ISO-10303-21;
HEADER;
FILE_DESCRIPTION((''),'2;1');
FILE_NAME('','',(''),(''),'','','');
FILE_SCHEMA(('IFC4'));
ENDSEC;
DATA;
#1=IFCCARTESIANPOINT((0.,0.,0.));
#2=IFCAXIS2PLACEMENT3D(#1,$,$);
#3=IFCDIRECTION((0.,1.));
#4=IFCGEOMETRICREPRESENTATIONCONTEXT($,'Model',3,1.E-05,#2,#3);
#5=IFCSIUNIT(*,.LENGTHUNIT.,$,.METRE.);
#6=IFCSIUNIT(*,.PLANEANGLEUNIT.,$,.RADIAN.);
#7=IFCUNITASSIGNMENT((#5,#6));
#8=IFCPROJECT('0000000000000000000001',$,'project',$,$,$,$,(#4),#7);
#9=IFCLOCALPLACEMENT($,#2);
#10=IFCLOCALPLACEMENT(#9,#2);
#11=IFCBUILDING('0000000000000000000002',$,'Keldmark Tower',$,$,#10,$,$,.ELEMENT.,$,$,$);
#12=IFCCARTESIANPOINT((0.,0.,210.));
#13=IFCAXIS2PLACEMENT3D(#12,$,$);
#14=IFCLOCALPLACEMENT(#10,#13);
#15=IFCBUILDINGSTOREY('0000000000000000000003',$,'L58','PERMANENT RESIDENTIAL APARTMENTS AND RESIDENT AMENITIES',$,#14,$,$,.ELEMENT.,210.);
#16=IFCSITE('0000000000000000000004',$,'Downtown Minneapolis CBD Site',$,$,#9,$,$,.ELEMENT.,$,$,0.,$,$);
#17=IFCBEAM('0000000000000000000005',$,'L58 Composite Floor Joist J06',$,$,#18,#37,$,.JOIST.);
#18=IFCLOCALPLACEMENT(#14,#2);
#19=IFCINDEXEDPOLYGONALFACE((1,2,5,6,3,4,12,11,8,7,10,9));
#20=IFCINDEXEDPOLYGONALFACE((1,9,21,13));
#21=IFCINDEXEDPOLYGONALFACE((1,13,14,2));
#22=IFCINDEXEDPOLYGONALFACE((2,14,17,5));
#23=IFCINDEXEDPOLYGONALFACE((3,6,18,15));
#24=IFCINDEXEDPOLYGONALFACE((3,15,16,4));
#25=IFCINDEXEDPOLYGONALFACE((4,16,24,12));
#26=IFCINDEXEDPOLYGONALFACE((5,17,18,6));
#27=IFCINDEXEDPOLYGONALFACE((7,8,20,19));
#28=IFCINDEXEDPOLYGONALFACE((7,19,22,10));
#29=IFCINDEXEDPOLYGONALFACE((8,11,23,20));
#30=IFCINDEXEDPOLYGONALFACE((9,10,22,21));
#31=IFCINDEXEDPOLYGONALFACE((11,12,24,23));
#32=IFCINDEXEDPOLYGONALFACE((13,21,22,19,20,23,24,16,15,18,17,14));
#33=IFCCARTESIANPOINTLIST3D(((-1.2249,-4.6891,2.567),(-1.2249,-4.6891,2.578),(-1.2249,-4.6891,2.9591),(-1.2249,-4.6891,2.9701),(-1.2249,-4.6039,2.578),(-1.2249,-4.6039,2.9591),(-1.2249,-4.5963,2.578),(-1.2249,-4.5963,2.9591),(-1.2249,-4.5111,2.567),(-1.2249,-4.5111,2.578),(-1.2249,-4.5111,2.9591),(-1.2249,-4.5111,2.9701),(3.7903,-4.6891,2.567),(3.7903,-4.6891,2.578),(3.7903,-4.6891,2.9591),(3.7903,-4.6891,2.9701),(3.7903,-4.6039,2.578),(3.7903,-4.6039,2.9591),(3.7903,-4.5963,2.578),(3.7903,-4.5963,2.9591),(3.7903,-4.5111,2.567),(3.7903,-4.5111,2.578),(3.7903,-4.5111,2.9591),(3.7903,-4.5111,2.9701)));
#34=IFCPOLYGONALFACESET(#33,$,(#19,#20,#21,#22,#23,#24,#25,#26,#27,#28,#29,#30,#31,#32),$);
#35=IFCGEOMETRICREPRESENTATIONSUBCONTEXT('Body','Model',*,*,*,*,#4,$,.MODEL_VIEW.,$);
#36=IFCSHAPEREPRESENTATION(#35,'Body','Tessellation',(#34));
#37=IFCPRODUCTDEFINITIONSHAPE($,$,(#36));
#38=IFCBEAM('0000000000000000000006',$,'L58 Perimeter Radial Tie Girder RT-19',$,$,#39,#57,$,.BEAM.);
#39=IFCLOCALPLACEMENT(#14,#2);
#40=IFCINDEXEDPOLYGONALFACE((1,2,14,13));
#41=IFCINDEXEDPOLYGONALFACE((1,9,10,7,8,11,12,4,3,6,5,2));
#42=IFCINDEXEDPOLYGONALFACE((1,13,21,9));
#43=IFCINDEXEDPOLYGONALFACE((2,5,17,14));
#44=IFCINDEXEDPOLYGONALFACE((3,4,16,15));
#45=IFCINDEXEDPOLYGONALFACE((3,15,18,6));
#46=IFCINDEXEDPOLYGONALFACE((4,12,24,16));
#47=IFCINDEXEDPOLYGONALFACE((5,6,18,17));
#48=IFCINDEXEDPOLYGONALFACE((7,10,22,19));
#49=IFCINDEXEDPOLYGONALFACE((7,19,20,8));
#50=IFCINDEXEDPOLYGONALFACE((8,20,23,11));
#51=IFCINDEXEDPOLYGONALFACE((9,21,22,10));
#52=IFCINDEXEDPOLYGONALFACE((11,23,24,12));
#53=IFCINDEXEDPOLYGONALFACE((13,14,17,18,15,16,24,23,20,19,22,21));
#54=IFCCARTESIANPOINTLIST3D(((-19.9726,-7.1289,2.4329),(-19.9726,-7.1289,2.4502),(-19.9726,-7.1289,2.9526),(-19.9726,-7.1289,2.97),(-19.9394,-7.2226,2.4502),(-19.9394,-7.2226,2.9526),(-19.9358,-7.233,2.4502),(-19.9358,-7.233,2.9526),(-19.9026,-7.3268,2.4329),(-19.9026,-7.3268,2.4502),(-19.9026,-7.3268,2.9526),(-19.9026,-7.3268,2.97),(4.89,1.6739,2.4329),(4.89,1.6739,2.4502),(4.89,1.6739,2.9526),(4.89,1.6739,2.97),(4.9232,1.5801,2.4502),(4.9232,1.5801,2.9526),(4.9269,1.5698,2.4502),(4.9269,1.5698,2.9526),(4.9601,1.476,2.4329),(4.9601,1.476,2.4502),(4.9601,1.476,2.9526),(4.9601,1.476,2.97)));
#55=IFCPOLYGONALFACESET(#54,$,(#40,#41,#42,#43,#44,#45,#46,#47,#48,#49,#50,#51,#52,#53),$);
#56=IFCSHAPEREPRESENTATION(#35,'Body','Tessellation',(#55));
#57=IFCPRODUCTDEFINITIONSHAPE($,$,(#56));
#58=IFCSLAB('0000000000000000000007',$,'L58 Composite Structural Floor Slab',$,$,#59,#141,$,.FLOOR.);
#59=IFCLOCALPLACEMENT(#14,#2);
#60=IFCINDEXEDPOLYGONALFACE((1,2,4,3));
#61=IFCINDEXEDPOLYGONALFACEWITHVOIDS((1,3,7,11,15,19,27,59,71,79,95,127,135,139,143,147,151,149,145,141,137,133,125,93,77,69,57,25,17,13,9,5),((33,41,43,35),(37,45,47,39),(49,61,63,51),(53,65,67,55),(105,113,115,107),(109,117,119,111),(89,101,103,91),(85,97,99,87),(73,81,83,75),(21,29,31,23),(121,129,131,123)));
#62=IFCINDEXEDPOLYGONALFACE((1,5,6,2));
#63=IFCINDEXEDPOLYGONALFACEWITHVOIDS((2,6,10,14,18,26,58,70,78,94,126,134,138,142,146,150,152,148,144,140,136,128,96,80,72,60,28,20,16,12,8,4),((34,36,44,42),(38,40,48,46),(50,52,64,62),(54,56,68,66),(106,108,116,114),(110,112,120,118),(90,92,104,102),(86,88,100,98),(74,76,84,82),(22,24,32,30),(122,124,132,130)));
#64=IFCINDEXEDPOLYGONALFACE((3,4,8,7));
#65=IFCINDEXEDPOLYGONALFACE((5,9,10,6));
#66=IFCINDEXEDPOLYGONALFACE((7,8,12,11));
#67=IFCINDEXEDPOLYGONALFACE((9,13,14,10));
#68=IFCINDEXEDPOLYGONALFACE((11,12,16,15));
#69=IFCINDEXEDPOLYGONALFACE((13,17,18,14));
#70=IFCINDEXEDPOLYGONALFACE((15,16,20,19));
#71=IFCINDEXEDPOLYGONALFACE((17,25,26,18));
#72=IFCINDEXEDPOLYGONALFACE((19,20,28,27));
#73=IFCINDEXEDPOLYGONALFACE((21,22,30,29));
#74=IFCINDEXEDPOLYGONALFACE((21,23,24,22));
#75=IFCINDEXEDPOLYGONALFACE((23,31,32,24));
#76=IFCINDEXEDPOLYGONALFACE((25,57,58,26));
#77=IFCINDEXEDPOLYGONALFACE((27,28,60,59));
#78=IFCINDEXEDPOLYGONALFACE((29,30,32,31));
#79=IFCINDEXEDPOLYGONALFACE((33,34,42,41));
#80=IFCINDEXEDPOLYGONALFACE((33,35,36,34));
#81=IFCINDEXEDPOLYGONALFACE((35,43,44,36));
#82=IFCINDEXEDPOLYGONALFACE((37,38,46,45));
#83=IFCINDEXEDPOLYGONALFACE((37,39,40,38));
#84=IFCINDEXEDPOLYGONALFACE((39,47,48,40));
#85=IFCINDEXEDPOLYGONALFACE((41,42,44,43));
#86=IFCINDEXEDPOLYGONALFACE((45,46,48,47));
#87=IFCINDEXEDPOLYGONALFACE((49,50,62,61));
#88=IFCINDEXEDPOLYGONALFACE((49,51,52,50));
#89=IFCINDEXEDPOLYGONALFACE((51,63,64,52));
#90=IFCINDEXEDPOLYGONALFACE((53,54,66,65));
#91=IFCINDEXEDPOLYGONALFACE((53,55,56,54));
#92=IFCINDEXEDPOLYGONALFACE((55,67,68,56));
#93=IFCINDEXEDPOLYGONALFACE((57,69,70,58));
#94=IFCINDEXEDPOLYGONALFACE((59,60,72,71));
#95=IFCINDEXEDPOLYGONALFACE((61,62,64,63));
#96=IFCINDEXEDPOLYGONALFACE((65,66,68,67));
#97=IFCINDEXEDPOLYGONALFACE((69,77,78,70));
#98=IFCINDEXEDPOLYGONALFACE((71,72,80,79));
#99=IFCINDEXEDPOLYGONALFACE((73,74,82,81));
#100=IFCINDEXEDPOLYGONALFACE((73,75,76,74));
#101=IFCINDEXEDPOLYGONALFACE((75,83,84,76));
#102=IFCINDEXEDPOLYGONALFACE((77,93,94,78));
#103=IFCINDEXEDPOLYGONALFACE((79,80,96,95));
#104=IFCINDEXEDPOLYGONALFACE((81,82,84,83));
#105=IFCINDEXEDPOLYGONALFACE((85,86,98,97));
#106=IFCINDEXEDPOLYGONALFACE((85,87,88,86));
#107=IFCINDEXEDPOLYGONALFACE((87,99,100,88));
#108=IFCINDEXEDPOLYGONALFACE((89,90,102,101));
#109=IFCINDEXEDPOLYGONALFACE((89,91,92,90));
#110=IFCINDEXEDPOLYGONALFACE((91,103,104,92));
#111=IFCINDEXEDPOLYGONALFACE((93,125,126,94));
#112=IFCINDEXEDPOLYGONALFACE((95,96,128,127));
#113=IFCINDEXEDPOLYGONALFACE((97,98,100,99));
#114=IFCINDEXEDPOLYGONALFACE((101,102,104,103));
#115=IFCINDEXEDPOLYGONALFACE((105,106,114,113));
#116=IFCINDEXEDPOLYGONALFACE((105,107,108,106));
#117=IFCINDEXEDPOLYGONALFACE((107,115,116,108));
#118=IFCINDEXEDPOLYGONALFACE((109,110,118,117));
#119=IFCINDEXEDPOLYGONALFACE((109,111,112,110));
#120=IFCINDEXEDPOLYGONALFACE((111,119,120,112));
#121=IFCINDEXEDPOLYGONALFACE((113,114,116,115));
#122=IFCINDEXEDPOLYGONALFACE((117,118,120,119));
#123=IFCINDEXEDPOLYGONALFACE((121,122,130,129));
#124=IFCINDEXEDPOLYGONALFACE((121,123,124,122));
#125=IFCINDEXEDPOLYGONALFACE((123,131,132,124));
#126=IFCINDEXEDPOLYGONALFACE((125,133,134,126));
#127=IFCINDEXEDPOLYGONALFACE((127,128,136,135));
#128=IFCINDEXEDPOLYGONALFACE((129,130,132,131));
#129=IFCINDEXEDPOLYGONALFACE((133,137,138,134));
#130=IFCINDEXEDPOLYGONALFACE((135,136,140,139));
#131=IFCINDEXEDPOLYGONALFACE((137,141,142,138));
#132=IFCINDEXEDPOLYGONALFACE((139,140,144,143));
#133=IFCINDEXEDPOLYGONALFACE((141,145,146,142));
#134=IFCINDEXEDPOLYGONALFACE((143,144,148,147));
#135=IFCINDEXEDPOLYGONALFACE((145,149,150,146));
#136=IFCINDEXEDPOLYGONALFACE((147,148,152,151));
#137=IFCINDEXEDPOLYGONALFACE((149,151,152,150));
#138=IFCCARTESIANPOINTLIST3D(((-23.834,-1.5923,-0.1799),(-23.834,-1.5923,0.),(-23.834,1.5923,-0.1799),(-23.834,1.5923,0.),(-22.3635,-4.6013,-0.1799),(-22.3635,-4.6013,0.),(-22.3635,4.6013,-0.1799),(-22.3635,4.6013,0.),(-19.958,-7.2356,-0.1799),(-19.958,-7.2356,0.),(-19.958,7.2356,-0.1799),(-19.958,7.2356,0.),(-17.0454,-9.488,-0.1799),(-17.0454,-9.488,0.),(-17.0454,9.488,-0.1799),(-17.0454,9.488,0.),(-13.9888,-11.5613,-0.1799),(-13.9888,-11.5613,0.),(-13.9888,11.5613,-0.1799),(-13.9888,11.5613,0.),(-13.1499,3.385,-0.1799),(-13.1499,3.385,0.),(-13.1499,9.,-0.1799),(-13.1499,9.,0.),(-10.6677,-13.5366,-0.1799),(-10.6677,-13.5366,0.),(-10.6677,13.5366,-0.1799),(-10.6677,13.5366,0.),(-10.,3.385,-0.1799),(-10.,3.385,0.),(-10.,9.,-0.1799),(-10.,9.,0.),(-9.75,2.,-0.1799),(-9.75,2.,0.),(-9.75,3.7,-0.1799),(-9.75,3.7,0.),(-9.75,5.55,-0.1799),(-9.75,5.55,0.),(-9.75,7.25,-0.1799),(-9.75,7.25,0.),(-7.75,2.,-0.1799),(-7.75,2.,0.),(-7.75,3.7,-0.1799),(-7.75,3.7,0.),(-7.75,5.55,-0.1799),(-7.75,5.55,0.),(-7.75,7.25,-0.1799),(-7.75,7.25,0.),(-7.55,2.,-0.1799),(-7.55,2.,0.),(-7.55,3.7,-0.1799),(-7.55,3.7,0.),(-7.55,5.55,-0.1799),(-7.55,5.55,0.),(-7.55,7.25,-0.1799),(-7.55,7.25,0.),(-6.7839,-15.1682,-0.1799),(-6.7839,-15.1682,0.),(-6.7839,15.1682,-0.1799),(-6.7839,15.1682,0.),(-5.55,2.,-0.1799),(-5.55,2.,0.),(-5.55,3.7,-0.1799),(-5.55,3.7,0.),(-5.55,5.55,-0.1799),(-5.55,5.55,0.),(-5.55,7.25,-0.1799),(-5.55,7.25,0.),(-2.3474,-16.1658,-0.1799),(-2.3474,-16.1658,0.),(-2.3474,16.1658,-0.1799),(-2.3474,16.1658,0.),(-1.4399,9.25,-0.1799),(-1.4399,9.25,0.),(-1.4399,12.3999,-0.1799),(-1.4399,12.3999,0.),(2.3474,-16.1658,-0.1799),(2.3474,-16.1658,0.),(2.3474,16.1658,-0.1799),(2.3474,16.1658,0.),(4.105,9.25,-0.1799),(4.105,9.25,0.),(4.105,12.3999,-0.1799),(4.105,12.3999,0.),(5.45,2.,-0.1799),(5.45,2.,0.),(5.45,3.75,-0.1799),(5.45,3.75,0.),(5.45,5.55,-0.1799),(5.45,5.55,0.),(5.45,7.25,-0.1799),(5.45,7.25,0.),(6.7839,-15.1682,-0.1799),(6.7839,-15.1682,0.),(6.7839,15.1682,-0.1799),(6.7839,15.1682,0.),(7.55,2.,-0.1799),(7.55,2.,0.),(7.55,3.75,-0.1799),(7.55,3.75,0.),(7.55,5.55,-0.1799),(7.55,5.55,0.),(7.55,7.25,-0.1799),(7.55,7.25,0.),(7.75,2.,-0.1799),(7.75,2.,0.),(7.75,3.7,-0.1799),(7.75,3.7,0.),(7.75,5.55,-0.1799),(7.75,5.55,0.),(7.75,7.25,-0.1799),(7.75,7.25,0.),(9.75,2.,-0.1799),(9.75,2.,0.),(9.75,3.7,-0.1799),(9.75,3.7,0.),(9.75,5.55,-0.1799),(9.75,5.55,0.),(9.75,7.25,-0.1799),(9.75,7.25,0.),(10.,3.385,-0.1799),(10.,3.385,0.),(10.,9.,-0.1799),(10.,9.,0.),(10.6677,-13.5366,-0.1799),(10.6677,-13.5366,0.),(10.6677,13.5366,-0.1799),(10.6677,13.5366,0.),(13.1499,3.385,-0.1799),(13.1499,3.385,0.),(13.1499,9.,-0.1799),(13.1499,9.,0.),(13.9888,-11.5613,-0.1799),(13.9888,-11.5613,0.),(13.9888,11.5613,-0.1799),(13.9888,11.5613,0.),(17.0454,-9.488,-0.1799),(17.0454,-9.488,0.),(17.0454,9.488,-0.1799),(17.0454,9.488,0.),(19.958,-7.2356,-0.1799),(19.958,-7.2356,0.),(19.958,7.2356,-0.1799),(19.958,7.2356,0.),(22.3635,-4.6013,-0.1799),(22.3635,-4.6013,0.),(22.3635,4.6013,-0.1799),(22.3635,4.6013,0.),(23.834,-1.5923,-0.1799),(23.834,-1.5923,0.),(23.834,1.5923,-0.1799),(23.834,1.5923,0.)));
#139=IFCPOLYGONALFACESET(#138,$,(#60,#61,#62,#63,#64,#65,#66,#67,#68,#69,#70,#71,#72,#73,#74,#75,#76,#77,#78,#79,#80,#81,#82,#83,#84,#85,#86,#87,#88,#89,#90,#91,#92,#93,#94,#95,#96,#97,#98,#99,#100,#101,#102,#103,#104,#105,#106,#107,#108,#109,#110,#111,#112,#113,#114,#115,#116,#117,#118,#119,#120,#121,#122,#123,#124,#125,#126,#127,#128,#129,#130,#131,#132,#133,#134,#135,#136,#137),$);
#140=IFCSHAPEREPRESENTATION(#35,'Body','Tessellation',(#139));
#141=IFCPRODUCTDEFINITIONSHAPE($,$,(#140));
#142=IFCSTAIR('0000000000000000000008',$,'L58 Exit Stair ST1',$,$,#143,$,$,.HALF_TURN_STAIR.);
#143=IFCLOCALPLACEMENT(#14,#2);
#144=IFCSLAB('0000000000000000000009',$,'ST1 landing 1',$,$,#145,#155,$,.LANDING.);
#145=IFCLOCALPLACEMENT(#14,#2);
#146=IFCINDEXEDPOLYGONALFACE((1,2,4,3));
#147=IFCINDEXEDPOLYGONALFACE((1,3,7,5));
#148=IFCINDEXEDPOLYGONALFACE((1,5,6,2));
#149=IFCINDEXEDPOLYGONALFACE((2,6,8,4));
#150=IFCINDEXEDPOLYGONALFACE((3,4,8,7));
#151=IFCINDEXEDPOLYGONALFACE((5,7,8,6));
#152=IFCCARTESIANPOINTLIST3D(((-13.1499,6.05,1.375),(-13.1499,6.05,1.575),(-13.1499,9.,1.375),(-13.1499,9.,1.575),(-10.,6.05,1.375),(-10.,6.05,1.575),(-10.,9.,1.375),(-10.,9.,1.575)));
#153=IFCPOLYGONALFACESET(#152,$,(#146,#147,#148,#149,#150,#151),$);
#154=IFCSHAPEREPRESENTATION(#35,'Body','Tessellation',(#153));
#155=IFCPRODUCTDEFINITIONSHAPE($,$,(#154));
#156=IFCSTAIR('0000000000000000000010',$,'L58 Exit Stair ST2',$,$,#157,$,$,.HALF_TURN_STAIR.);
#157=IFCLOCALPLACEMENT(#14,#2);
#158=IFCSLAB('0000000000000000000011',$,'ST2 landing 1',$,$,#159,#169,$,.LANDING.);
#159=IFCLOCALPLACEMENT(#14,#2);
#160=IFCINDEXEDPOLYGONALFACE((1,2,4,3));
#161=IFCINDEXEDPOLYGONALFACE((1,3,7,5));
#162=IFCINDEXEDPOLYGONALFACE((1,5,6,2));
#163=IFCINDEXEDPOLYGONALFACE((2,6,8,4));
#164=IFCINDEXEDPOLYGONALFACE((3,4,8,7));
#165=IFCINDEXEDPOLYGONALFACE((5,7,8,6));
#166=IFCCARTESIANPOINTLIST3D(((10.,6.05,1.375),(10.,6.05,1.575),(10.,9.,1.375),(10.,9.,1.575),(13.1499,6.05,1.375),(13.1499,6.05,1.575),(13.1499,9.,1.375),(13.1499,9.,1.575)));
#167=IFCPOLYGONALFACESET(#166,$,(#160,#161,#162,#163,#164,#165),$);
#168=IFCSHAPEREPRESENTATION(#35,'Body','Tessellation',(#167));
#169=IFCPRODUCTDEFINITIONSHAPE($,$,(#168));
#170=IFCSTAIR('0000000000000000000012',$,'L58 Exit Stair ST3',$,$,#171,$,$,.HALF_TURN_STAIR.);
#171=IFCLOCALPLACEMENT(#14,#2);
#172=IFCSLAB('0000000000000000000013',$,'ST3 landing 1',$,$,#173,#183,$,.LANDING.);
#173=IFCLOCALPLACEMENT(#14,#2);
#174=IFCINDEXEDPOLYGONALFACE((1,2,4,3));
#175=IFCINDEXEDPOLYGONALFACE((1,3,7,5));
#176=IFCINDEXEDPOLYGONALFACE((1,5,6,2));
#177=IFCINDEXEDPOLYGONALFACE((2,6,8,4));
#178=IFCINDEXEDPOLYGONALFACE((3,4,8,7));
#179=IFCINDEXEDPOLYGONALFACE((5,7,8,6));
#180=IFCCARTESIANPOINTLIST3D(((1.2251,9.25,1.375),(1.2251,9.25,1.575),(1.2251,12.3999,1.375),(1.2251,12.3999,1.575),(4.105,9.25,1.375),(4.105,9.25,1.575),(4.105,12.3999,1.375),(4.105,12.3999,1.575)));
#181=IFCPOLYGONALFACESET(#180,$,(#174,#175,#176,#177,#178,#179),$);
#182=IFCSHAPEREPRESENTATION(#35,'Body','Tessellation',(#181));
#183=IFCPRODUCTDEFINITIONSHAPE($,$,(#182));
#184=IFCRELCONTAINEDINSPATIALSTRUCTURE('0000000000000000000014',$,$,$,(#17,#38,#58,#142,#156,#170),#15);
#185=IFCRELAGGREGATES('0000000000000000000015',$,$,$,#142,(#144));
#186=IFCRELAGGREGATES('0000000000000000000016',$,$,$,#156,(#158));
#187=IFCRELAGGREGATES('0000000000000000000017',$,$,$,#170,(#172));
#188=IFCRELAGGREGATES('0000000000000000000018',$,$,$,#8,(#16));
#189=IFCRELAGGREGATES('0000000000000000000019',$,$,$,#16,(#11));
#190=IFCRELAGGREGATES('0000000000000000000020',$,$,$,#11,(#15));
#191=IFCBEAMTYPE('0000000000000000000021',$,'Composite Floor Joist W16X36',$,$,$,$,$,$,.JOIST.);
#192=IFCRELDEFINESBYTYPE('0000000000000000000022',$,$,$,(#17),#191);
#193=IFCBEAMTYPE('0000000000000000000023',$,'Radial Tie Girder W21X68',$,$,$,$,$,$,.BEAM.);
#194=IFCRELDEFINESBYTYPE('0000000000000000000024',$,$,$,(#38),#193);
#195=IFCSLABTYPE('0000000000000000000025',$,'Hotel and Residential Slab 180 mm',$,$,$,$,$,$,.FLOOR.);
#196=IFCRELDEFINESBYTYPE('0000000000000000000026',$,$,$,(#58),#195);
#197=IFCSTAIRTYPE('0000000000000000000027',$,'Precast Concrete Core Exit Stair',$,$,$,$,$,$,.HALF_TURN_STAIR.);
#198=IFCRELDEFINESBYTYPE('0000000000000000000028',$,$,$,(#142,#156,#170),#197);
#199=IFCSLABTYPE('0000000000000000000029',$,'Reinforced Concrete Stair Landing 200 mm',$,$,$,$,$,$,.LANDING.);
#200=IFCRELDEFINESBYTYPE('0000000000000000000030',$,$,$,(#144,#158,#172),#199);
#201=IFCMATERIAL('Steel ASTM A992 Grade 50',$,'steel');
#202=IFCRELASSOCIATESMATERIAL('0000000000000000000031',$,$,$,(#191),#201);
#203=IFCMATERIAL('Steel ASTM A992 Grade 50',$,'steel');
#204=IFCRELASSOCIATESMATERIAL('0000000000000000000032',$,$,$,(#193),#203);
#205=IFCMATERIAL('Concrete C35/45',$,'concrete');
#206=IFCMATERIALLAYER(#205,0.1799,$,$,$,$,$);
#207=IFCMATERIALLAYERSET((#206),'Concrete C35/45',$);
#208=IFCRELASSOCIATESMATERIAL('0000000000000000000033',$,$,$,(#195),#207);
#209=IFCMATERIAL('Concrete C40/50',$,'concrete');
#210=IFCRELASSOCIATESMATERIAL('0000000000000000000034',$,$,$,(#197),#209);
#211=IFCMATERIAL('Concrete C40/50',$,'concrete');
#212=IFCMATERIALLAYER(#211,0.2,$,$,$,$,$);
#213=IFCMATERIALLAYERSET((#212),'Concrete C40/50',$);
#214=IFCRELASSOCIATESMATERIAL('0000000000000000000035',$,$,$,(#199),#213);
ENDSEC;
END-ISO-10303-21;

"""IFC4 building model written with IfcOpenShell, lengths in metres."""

from ifc_helpers import new_model, si_unit, direction, frame, origin, origin_2d, place, context, subcontext, project, spatial, polyline, i_section, outline, extrude, material, layer, layer_set, material_profile, profile_set, type_object, element, aggregate, save


model = new_model("IFC4")

# Units and contexts
model_context = context("Model", 3, precision=1e-05, world=origin(), true_north=direction((0.0, 1.0)))
body_context = subcontext(model_context, "Body", "Model", "MODEL_VIEW")
ifc_project = project(units=[si_unit("LENGTHUNIT", "METRE"), si_unit("PLANEANGLEUNIT", "RADIAN")], contexts=[model_context])

# Site, building, storey
site_placement = place(None, origin())
site = spatial("IfcSite", under=ifc_project, at=site_placement, Name="Downtown Minneapolis CBD Site", CompositionType="ELEMENT", RefElevation=0.0)
building_placement = place(site_placement, origin())
building = spatial("IfcBuilding", under=site, at=building_placement, Name="Keldmark Tower", CompositionType="ELEMENT")
storey_placement = place(building_placement, frame((0.0, 0.0, 210.0)))
storey = spatial("IfcBuildingStorey", under=building, at=storey_placement, Name="L58", Description="PERMANENT RESIDENTIAL APARTMENTS AND RESIDENT AMENITIES", CompositionType="ELEMENT", Elevation=210.0)

# Beams
ifc_material_1 = material(Name="Steel ASTM A992 Grade 50", Category="steel")
ifc_material_profile_1 = material_profile(ifc_material_1, i_section(OverallWidth=0.178, OverallDepth=0.4031, WebThickness=0.0076, FlangeThickness=0.011, at=origin_2d()), Name="W16X36")
ifc_profile_set_1 = profile_set([ifc_material_profile_1], Name="Steel ASTM A992 Grade 50")
beam_type_1 = type_object("IfcBeamType", Name="Composite Floor Joist W16X36", PredefinedType="JOIST", material=ifc_profile_set_1)
beam_1_placement = place(storey_placement, frame((-1.2249, -4.6001, 2.7686), z_axis=(1.0, 0.0, 0.0), x_axis=(0.0, 1.0, 0.0)))
element("IfcBeam", 1, at=beam_1_placement, inside=storey, type_object=beam_type_1, Name="L58 Composite Floor Joist J06", PredefinedType="JOIST", context=body_context, shape_type="SweptSolid", body=[
    extrude(i_section(OverallWidth=0.178, OverallDepth=0.4031, WebThickness=0.0076, FlangeThickness=0.011, at=origin_2d()), origin(), (0.0, 0.0, 1.0), 5.0151),
])
ifc_material_2 = material(Name="Steel ASTM A992 Grade 50", Category="steel")
ifc_material_profile_2 = material_profile(ifc_material_2, i_section(OverallWidth=0.21, OverallDepth=0.5371, WebThickness=0.011, FlangeThickness=0.0173, at=origin_2d()), Name="W21X68")
ifc_profile_set_2 = profile_set([ifc_material_profile_2], Name="Steel ASTM A992 Grade 50")
beam_type_2 = type_object("IfcBeamType", Name="Radial Tie Girder W21X68", PredefinedType="BEAM", material=ifc_profile_set_2)
beam_2_placement = place(storey_placement, frame((4.925, 1.575, 2.7014), z_axis=(-0.94266, -0.333754, 0.0), x_axis=(0.333754, -0.94266, 0.0)))
element("IfcBeam", 2, at=beam_2_placement, inside=storey, type_object=beam_type_2, Name="L58 Perimeter Radial Tie Girder RT-19", PredefinedType="BEAM", context=body_context, shape_type="SweptSolid", body=[
    extrude(i_section(OverallWidth=0.21, OverallDepth=0.5371, WebThickness=0.011, FlangeThickness=0.0173, at=origin_2d()), origin(), (0.0, 0.0, 1.0), 26.375),
])

# Slab
ifc_material_3 = material(Name="Concrete C35/45", Category="concrete")
ifc_layer_1 = layer(ifc_material_3, 0.1799)
ifc_layer_set_1 = layer_set([ifc_layer_1], Name="Concrete C35/45")
slab_type_1 = type_object("IfcSlabType", Name="Hotel and Residential Slab 180 mm", PredefinedType="FLOOR", material=ifc_layer_set_1)
slab_1_placement = place(storey_placement, frame((0.0, 0.0, -0.1799)))
element("IfcSlab", 3, at=slab_1_placement, inside=storey, type_object=slab_type_1, Name="L58 Composite Structural Floor Slab", PredefinedType="FLOOR", context=body_context, shape_type="SweptSolid", body=[
    extrude(outline(polyline([(23.834, 1.5923), (22.3635, 4.6013), (19.958, 7.2356), (17.0454, 9.488), (13.9888, 11.5613), (10.6677, 13.5366), (6.7839, 15.1682), (2.3474, 16.1658), (-2.3474, 16.1658), (-6.7839, 15.1682), (-10.6677, 13.5366), (-13.9888, 11.5613), (-17.0454, 9.488), (-19.958, 7.2356), (-22.3635, 4.6013), (-23.834, 1.5923), (-23.834, -1.5923), (-22.3635, -4.6013), (-19.958, -7.2356), (-17.0454, -9.488), (-13.9888, -11.5613), (-10.6677, -13.5366), (-6.7839, -15.1682), (-2.3474, -16.1658), (2.3474, -16.1658), (6.7839, -15.1682), (10.6677, -13.5366), (13.9888, -11.5613), (17.0454, -9.488), (19.958, -7.2356), (22.3635, -4.6013), (23.834, -1.5923), (23.834, 1.5923)]), holes=[polyline([(-10.0, 3.385), (-10.0, 9.0), (-13.1499, 9.0), (-13.1499, 3.385), (-10.0, 3.385)]), polyline([(13.1499, 3.385), (13.1499, 9.0), (10.0, 9.0), (10.0, 3.385), (13.1499, 3.385)]), polyline([(-1.4399, 9.25), (4.105, 9.25), (4.105, 12.3999), (-1.4399, 12.3999), (-1.4399, 9.25)]), polyline([(-9.75, 2.0), (-7.75, 2.0), (-7.75, 3.7), (-9.75, 3.7), (-9.75, 2.0)]), polyline([(7.75, 2.0), (9.75, 2.0), (9.75, 3.7), (7.75, 3.7), (7.75, 2.0)]), polyline([(5.45, 2.0), (7.55, 2.0), (7.55, 3.75), (5.45, 3.75), (5.45, 2.0)]), polyline([(-9.75, 5.55), (-7.75, 5.55), (-7.75, 7.25), (-9.75, 7.25), (-9.75, 5.55)]), polyline([(-7.55, 5.55), (-5.55, 5.55), (-5.55, 7.25), (-7.55, 7.25), (-7.55, 5.55)]), polyline([(-7.55, 2.0), (-5.55, 2.0), (-5.55, 3.7), (-7.55, 3.7), (-7.55, 2.0)]), polyline([(5.45, 5.55), (7.55, 5.55), (7.55, 7.25), (5.45, 7.25), (5.45, 5.55)]), polyline([(7.75, 5.55), (9.75, 5.55), (9.75, 7.25), (7.75, 7.25), (7.75, 5.55)])]), origin(), (0.0, 0.0, 1.0), 0.1799),
])

# Stairs, slabs
ifc_material_4 = material(Name="Concrete C40/50", Category="concrete")
stair_type = type_object("IfcStairType", Name="Precast Concrete Core Exit Stair", PredefinedType="HALF_TURN_STAIR", material=ifc_material_4)
stair_1_placement = place(storey_placement, origin())
stair_1 = element("IfcStair", 4, at=stair_1_placement, inside=storey, type_object=stair_type, Name="L58 Exit Stair ST1", PredefinedType="HALF_TURN_STAIR")
ifc_material_5 = material(Name="Concrete C40/50", Category="concrete")
ifc_layer_2 = layer(ifc_material_5, 0.2)
ifc_layer_set_2 = layer_set([ifc_layer_2], Name="Concrete C40/50")
slab_type_2 = type_object("IfcSlabType", Name="Reinforced Concrete Stair Landing 200 mm", PredefinedType="LANDING", material=ifc_layer_set_2)
slab_2_placement = place(storey_placement, frame((0.0, 0.0, 1.375)))
slab_2 = element("IfcSlab", 5, at=slab_2_placement, type_object=slab_type_2, Name="ST1 landing 1", PredefinedType="LANDING", context=body_context, shape_type="SweptSolid", body=[
    extrude(outline(polyline([(-10.0, 6.05), (-10.0, 9.0), (-13.1499, 9.0), (-13.1499, 6.05), (-10.0, 6.05)])), origin(), (0.0, 0.0, 1.0), 0.2),
])
aggregate(stair_1, [slab_2])
stair_2_placement = place(storey_placement, origin())
stair_2 = element("IfcStair", 6, at=stair_2_placement, inside=storey, type_object=stair_type, Name="L58 Exit Stair ST2", PredefinedType="HALF_TURN_STAIR")
slab_3_placement = place(storey_placement, frame((0.0, 0.0, 1.375)))
slab_3 = element("IfcSlab", 7, at=slab_3_placement, type_object=slab_type_2, Name="ST2 landing 1", PredefinedType="LANDING", context=body_context, shape_type="SweptSolid", body=[
    extrude(outline(polyline([(13.1499, 6.05), (13.1499, 9.0), (10.0, 9.0), (10.0, 6.05), (13.1499, 6.05)])), origin(), (0.0, 0.0, 1.0), 0.2),
])
aggregate(stair_2, [slab_3])
stair_3_placement = place(storey_placement, origin())
stair_3 = element("IfcStair", 8, at=stair_3_placement, inside=storey, type_object=stair_type, Name="L58 Exit Stair ST3", PredefinedType="HALF_TURN_STAIR")
slab_4_placement = place(storey_placement, frame((0.0, 0.0, 1.375)))
slab_4 = element("IfcSlab", 9, at=slab_4_placement, type_object=slab_type_2, Name="ST3 landing 1", PredefinedType="LANDING", context=body_context, shape_type="SweptSolid", body=[
    extrude(outline(polyline([(1.2251, 9.25), (4.105, 9.25), (4.105, 12.3999), (1.2251, 12.3999), (1.2251, 9.25)])), origin(), (0.0, 0.0, 1.0), 0.2),
])
aggregate(stair_3, [slab_4])

save(model, "model.ifc")
